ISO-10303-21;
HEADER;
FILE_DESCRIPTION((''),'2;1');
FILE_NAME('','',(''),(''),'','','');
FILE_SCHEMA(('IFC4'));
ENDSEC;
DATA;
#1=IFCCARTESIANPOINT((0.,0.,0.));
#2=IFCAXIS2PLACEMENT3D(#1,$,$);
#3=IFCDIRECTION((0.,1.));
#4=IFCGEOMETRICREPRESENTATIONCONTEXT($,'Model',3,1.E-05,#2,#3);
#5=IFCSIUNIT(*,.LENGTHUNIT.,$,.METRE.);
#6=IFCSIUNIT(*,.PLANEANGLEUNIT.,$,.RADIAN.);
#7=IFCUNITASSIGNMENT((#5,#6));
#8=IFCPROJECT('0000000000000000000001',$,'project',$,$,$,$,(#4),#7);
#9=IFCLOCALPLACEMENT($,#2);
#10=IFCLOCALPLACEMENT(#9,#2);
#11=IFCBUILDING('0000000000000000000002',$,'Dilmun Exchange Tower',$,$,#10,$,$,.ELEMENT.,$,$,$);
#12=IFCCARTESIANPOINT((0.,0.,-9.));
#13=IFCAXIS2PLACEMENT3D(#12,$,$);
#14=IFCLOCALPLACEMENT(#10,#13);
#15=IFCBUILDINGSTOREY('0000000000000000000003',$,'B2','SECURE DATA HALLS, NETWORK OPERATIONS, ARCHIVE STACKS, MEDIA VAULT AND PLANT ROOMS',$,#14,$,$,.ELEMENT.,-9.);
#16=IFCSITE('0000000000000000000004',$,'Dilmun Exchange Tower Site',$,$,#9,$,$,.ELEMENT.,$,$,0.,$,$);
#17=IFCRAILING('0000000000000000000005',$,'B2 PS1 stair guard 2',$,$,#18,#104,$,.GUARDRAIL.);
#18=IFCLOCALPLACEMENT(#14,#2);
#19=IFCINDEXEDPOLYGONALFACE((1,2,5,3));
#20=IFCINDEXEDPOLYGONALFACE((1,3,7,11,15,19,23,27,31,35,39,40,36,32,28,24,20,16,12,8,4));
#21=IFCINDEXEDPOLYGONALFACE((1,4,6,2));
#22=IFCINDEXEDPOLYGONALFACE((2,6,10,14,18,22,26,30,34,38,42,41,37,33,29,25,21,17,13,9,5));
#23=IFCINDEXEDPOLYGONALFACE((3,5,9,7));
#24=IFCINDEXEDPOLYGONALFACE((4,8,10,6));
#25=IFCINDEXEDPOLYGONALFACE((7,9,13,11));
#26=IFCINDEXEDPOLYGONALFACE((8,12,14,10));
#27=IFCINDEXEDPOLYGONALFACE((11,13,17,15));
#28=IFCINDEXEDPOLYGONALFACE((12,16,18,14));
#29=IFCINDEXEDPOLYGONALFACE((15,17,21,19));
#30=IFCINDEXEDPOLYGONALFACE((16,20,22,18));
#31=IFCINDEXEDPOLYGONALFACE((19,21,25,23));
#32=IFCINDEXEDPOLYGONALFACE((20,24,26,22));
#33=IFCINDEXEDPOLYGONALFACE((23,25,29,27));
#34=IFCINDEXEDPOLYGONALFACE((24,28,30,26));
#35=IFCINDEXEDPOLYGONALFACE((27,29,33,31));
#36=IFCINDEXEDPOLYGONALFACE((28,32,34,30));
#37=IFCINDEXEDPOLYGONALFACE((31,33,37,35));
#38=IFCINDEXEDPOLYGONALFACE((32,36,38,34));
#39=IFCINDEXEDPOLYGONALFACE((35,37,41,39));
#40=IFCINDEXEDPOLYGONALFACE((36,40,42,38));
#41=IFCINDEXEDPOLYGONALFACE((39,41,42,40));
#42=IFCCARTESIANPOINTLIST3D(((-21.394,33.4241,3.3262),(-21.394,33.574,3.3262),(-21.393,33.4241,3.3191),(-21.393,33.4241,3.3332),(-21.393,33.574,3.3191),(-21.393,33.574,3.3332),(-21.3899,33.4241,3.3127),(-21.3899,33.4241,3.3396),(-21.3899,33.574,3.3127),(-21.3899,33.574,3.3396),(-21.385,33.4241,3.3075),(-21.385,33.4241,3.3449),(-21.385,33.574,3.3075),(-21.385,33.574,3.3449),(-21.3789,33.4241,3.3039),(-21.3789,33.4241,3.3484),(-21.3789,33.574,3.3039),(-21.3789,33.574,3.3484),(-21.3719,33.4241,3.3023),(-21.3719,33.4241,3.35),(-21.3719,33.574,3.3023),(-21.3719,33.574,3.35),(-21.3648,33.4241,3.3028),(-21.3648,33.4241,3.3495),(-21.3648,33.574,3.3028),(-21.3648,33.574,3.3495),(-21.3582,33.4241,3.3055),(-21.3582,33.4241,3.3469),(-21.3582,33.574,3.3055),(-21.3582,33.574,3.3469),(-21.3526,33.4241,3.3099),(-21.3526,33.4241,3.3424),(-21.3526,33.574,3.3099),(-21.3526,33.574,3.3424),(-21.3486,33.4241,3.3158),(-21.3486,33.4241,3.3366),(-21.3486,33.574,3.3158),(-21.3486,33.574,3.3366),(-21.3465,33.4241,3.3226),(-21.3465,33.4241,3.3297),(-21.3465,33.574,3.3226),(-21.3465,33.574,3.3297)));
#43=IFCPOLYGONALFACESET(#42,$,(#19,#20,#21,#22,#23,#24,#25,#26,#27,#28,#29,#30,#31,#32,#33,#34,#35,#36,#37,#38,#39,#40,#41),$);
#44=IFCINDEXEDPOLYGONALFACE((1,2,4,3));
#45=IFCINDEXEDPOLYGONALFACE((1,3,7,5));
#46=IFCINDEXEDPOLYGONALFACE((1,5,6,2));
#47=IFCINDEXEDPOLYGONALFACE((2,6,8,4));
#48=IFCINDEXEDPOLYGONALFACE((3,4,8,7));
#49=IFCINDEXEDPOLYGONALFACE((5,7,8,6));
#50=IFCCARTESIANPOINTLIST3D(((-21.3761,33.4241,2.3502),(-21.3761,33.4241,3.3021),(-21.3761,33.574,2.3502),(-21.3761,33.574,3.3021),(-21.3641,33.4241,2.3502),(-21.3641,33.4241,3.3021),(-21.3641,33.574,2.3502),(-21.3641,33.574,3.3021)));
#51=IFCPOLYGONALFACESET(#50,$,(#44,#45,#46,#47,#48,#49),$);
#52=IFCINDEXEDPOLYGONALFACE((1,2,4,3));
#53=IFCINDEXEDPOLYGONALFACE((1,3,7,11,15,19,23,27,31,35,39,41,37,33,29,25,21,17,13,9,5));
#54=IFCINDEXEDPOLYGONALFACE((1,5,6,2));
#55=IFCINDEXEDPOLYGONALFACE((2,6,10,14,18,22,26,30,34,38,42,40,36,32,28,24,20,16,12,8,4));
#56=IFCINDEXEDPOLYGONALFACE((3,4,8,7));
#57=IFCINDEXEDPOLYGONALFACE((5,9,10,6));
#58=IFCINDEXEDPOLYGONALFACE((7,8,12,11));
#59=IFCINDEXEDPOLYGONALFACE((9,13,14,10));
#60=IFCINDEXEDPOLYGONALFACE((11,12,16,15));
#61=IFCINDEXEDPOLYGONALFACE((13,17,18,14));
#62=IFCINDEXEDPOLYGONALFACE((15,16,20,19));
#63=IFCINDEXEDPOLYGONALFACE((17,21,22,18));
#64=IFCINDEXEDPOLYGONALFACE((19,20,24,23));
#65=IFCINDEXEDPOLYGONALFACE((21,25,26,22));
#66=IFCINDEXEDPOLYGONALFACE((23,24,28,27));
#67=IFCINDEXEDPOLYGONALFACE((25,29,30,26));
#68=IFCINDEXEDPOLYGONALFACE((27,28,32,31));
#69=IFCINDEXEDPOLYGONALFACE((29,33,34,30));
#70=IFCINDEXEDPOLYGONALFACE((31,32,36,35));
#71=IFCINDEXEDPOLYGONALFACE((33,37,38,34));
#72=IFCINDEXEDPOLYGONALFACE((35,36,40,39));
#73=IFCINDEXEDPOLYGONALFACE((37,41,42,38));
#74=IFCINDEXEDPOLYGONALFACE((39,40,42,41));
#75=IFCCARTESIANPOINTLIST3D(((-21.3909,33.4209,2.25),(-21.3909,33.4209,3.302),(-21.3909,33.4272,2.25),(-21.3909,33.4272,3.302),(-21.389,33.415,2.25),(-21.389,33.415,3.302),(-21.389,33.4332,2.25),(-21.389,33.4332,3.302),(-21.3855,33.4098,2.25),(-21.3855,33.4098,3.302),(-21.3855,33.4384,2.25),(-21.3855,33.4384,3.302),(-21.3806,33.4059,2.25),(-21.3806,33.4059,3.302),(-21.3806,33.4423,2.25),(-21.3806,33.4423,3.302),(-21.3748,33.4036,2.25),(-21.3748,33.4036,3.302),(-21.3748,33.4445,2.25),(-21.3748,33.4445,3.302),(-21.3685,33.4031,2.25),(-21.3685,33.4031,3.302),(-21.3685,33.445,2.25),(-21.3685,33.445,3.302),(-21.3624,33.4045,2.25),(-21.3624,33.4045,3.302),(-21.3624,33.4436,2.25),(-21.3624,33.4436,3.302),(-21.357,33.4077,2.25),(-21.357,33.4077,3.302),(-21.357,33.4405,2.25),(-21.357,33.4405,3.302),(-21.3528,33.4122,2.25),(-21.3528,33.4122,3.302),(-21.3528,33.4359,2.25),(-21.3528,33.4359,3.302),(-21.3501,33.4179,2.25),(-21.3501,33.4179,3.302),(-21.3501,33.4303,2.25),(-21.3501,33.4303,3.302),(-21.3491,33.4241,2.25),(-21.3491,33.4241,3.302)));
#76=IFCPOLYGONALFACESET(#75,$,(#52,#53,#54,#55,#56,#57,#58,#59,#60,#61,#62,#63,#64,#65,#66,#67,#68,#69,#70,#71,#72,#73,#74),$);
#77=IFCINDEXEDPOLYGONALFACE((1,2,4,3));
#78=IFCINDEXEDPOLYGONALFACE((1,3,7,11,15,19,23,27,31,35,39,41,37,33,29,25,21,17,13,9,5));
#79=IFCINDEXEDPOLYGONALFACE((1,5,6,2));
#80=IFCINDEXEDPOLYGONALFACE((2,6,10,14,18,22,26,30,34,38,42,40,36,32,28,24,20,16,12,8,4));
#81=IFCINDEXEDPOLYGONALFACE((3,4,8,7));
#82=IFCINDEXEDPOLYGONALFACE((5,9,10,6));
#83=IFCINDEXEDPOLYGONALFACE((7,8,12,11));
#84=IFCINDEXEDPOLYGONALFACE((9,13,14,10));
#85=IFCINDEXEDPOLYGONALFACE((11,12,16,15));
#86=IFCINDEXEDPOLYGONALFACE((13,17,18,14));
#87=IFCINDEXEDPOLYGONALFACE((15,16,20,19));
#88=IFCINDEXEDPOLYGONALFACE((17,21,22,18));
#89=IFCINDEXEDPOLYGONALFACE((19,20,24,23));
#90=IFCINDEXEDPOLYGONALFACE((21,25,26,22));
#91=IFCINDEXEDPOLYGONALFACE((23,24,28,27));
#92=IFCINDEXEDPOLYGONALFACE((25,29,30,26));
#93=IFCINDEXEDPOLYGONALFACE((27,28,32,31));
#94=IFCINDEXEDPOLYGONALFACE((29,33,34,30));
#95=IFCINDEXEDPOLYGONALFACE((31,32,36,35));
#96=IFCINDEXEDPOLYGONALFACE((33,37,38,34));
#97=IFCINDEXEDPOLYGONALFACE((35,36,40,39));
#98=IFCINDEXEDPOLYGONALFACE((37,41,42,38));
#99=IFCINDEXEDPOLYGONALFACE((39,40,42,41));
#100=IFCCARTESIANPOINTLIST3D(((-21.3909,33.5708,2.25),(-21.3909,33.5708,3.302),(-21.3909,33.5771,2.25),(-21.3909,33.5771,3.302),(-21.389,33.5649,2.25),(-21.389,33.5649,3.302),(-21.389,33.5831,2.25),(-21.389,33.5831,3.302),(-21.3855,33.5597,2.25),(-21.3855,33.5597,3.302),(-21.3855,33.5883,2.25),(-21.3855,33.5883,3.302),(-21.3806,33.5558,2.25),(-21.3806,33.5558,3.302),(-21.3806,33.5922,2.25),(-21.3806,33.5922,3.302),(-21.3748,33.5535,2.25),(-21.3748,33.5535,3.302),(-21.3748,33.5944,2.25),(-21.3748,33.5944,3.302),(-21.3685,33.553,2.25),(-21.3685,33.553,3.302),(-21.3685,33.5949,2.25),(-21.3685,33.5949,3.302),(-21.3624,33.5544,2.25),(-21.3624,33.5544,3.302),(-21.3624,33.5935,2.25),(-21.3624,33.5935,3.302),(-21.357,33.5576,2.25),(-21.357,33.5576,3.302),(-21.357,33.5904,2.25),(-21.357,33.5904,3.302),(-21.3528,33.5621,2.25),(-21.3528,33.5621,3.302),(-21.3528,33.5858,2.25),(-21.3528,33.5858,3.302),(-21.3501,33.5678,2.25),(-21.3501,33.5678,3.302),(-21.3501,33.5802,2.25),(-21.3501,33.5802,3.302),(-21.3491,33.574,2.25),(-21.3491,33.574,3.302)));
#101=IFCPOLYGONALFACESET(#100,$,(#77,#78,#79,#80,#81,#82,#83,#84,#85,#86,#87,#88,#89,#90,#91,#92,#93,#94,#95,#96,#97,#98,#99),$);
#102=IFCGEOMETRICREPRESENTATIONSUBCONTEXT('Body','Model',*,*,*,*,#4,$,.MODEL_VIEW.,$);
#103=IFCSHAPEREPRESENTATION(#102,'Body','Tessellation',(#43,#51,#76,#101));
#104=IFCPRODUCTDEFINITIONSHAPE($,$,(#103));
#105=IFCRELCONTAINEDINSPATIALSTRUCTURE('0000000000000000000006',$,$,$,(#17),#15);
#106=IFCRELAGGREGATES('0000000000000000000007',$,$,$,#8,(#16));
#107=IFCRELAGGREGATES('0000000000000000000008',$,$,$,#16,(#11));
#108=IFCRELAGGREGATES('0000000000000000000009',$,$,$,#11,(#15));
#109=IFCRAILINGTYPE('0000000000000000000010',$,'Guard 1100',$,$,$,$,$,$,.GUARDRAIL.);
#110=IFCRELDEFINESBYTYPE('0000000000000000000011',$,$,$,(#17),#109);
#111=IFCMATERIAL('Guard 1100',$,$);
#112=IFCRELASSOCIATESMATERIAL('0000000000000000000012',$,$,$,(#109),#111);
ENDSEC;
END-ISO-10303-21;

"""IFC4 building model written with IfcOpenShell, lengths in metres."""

from ifc_helpers import new_model, si_unit, direction, frame, origin, origin_2d, place, context, subcontext, project, spatial, rectangle, circle, extrude, material, type_object, element, save


model = new_model("IFC4")

# Units and contexts
model_context = context("Model", 3, precision=1e-05, world=origin(), true_north=direction((0.0, 1.0)))
body_context = subcontext(model_context, "Body", "Model", "MODEL_VIEW")
ifc_project = project(units=[si_unit("LENGTHUNIT", "METRE"), si_unit("PLANEANGLEUNIT", "RADIAN")], contexts=[model_context])

# Site, building, storey
site_placement = place(None, origin())
site = spatial("IfcSite", under=ifc_project, at=site_placement, Name="Dilmun Exchange Tower Site", CompositionType="ELEMENT", RefElevation=0.0)
building_placement = place(site_placement, origin())
building = spatial("IfcBuilding", under=site, at=building_placement, Name="Dilmun Exchange Tower", CompositionType="ELEMENT")
storey_placement = place(building_placement, frame((0.0, 0.0, -9.0)))
storey = spatial("IfcBuildingStorey", under=building, at=storey_placement, Name="B2", Description="SECURE DATA HALLS, NETWORK OPERATIONS, ARCHIVE STACKS, MEDIA VAULT AND PLANT ROOMS", CompositionType="ELEMENT", Elevation=-9.0)

# Railing
ifc_material_1 = material(Name="Guard 1100")
railing_type_1 = type_object("IfcRailingType", Name="Guard 1100", PredefinedType="GUARDRAIL", material=ifc_material_1)
railing_1_placement = place(storey_placement, frame((-21.3701, 33.4241, 2.25)))
element("IfcRailing", 1, at=railing_1_placement, inside=storey, type_object=railing_type_1, Name="B2 PS1 stair guard 2", PredefinedType="GUARDRAIL", context=body_context, shape_type="SweptSolid", body=[
    extrude(circle(Radius=0.0239, at=origin_2d()), frame((0.0, 0.0, 1.0762), z_axis=(0.0, 1.0, 0.0), x_axis=(-1.0, 0.0, 0.0)), (0.0, 0.0, 1.0), 0.1499),
    extrude(rectangle(XDim=0.012, YDim=0.9519, at=origin_2d()), frame((0.0, 0.0, 0.5762), z_axis=(0.0, 1.0, 0.0), x_axis=(-1.0, 0.0, 0.0)), (0.0, 0.0, 1.0), 0.1499),
    extrude(circle(Radius=0.021, at=origin_2d()), origin(), (0.0, 0.0, 1.0), 1.052),
    extrude(circle(Radius=0.021, at=origin_2d()), frame((0.0, 0.1499, 0.0)), (0.0, 0.0, 1.0), 1.052),
])

save(model, "model.ifc")
